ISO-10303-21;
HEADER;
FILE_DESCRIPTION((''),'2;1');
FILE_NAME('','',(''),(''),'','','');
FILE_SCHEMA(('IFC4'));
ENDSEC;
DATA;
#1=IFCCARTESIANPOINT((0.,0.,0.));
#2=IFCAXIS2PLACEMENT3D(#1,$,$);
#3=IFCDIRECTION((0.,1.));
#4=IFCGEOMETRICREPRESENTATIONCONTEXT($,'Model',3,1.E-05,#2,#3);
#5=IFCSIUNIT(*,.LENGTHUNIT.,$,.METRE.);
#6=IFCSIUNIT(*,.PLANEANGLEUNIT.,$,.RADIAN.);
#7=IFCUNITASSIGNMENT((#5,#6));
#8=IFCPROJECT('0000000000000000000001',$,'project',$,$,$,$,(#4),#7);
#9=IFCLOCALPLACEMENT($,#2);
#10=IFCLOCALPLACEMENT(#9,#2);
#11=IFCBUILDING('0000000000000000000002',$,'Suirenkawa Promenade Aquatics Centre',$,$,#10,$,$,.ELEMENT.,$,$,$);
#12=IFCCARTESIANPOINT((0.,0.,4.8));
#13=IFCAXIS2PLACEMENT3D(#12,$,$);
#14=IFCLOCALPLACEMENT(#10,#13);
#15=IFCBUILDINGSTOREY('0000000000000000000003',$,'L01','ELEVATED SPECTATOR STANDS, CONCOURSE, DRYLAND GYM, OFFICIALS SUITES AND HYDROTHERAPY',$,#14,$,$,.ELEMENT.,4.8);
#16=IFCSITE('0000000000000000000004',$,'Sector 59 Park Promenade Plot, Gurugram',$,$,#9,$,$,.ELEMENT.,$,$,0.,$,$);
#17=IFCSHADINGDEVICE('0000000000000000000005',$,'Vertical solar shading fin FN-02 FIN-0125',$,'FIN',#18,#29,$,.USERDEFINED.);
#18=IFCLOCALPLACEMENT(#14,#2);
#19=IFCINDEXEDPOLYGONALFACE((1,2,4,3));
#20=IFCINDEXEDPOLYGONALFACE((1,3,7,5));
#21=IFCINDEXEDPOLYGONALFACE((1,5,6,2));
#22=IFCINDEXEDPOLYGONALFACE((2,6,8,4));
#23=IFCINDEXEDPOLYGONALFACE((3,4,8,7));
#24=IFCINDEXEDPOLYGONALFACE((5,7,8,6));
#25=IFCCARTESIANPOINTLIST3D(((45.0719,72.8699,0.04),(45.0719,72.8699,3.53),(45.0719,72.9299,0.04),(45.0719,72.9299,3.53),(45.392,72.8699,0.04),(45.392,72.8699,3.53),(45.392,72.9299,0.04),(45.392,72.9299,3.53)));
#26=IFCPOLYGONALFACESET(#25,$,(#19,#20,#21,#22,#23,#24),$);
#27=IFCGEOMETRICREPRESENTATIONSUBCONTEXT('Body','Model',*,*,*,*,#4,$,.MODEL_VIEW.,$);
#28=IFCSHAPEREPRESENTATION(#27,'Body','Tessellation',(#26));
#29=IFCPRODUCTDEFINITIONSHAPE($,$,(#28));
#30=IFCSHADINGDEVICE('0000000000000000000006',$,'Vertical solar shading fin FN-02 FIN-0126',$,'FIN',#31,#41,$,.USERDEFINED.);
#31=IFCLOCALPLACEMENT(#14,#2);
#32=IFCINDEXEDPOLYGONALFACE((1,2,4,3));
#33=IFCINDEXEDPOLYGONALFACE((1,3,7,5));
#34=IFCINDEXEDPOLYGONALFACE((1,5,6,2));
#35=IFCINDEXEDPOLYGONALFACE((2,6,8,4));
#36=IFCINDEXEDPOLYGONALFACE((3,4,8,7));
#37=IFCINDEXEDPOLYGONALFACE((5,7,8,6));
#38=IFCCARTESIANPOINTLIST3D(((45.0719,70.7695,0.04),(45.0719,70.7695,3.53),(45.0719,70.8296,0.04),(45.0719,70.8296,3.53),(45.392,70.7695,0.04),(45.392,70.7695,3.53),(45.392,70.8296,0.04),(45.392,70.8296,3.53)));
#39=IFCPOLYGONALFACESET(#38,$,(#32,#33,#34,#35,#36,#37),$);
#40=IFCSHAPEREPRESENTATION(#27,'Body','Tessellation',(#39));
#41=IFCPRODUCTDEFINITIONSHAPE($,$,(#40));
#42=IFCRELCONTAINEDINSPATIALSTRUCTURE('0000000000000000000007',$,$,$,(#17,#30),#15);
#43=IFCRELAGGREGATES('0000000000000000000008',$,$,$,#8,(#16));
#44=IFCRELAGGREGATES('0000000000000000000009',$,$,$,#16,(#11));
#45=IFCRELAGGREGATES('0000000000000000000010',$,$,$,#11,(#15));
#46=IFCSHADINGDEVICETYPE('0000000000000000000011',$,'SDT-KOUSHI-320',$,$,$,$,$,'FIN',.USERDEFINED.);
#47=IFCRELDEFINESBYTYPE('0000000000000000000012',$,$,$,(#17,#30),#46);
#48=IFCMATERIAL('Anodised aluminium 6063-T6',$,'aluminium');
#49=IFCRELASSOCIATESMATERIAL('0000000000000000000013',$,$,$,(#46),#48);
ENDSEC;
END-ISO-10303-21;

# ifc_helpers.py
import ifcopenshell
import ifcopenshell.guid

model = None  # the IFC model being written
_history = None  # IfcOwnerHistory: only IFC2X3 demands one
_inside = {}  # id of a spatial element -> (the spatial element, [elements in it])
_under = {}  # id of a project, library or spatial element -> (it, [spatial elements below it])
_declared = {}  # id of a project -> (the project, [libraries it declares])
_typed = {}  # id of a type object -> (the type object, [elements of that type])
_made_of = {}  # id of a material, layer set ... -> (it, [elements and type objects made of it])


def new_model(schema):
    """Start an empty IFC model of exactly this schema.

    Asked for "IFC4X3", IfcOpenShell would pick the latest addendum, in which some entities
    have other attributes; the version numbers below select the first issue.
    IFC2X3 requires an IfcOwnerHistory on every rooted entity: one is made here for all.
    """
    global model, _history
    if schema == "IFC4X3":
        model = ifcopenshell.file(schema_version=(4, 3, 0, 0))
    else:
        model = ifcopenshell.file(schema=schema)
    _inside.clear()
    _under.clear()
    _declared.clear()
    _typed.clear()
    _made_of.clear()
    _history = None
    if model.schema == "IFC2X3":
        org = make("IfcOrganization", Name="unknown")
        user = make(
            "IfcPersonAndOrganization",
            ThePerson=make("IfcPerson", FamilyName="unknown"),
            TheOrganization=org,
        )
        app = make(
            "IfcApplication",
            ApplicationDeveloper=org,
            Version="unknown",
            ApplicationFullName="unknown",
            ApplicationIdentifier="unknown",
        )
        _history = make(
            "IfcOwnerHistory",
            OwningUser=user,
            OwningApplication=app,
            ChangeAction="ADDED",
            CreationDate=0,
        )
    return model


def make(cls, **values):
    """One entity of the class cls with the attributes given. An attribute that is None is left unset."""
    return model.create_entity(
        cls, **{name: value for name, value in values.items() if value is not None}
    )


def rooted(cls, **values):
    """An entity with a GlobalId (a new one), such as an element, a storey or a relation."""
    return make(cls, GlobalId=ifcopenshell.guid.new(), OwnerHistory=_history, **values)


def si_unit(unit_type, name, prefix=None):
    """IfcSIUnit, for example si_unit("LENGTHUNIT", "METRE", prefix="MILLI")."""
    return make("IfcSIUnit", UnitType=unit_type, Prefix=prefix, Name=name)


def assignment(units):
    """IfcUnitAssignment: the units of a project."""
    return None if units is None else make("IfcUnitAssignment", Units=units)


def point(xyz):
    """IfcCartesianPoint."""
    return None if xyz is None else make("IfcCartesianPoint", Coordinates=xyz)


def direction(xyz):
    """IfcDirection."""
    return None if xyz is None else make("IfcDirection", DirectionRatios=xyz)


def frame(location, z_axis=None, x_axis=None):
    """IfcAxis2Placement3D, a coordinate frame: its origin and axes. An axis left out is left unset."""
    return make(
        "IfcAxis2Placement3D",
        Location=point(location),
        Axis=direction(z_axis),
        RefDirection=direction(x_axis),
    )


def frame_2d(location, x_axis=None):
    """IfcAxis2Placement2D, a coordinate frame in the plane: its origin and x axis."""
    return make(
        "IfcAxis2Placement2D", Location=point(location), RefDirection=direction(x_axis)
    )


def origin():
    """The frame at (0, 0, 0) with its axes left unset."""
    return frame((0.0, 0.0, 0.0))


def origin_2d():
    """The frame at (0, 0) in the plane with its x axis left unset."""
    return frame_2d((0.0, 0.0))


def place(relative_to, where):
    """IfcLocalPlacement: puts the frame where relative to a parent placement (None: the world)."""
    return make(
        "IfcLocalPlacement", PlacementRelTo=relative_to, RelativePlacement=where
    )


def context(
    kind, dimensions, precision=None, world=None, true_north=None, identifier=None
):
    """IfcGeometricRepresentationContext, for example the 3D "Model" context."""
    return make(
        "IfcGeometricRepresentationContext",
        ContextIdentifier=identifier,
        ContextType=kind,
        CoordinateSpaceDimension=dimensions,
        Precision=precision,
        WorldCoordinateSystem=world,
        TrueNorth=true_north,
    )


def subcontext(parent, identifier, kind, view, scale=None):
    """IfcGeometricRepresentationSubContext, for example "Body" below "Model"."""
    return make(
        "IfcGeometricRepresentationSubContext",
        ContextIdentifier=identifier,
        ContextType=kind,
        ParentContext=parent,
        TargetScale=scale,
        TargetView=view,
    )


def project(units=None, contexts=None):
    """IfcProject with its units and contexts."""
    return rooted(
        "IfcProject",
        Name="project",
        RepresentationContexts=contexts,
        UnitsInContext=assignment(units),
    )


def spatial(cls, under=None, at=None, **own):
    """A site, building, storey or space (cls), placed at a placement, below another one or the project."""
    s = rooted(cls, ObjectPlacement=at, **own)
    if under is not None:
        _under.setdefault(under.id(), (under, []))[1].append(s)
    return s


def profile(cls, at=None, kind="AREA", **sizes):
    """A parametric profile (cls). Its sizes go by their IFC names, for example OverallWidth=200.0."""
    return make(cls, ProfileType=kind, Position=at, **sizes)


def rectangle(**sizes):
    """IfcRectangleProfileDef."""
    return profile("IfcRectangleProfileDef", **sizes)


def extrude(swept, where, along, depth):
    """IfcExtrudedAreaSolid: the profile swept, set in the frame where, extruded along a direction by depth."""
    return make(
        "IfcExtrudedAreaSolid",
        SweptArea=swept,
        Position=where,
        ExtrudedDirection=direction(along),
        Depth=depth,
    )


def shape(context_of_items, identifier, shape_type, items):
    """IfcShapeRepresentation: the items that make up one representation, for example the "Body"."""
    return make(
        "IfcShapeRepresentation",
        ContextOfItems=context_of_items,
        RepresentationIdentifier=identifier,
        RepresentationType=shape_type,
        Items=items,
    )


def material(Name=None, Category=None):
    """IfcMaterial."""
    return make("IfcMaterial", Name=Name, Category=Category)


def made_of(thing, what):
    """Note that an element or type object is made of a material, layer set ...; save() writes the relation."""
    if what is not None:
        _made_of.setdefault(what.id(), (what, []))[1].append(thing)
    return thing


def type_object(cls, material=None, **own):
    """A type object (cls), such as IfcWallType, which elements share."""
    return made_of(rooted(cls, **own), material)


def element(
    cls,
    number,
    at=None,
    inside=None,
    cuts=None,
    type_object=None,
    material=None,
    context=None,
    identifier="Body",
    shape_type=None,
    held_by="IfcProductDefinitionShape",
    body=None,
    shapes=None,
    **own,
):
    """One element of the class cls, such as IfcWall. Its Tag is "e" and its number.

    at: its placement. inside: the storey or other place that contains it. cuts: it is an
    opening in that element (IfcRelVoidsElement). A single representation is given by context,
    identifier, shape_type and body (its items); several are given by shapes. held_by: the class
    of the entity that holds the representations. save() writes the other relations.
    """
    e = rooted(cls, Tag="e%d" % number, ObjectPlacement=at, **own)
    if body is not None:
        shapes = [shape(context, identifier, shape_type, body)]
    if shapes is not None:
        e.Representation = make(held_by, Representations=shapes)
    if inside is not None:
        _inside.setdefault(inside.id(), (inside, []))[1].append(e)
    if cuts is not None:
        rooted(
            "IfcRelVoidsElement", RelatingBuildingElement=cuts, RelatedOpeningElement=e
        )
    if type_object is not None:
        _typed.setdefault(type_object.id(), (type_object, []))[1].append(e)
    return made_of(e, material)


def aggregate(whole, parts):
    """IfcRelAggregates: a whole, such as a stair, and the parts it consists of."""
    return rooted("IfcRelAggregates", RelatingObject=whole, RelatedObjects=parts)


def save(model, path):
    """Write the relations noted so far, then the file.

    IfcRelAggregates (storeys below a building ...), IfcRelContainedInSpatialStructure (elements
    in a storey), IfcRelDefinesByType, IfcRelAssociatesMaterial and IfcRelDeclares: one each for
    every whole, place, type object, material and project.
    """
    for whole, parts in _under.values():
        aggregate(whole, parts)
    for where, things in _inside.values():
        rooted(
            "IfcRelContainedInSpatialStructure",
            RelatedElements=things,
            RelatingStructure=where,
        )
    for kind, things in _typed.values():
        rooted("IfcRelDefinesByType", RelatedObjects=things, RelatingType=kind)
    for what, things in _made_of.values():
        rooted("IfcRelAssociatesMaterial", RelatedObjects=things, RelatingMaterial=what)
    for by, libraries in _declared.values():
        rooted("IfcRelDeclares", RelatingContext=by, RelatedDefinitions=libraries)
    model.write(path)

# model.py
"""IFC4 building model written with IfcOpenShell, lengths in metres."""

from ifc_helpers import new_model, si_unit, direction, frame, origin, origin_2d, place, context, subcontext, project, spatial, rectangle, extrude, material, type_object, element, save


model = new_model("IFC4")

# Units and contexts
model_context = context("Model", 3, precision=1e-05, world=origin(), true_north=direction((0.0, 1.0)))
body_context = subcontext(model_context, "Body", "Model", "MODEL_VIEW")
ifc_project = project(units=[si_unit("LENGTHUNIT", "METRE"), si_unit("PLANEANGLEUNIT", "RADIAN")], contexts=[model_context])

# Site, building, storey
site_placement = place(None, origin())
site = spatial("IfcSite", under=ifc_project, at=site_placement, Name="Sector 59 Park Promenade Plot, Gurugram", CompositionType="ELEMENT", RefElevation=0.0)
building_placement = place(site_placement, origin())
building = spatial("IfcBuilding", under=site, at=building_placement, Name="Suirenkawa Promenade Aquatics Centre", CompositionType="ELEMENT")
storey_placement = place(building_placement, frame((0.0, 0.0, 4.8)))
storey = spatial("IfcBuildingStorey", under=building, at=storey_placement, Name="L01", Description="ELEVATED SPECTATOR STANDS, CONCOURSE, DRYLAND GYM, OFFICIALS SUITES AND HYDROTHERAPY", CompositionType="ELEMENT", Elevation=4.8)

# Shared definitions
ifc_material_1 = material(Name="Anodised aluminium 6063-T6", Category="aluminium")

# Shading devices
shading_device_type = type_object("IfcShadingDeviceType", Name="SDT-KOUSHI-320", ElementType="FIN", PredefinedType="USERDEFINED", material=ifc_material_1)
for number, where, z_axis, x_axis, name in (
    (1, (45.2319, 72.8999, 0.04), (0.0, 0.0, 1.0), (1.0, 0.0, 0.0), "Vertical solar shading fin FN-02 FIN-0125"),
    (2, (45.2319, 70.7996, 0.04), (0.0, 0.0, 1.0), (1.0, 0.0, 0.0), "Vertical solar shading fin FN-02 FIN-0126"),
):
    element("IfcShadingDevice", number, at=place(storey_placement, frame(where, z_axis=z_axis, x_axis=x_axis)), inside=storey, type_object=shading_device_type, Name=name, ObjectType="FIN", PredefinedType="USERDEFINED", context=body_context, shape_type="SweptSolid", body=[
        extrude(rectangle(XDim=0.3201, YDim=0.0601, at=origin_2d()), origin(), (0.0, 0.0, 1.0), 3.49),
    ])

save(model, "model.ifc")
